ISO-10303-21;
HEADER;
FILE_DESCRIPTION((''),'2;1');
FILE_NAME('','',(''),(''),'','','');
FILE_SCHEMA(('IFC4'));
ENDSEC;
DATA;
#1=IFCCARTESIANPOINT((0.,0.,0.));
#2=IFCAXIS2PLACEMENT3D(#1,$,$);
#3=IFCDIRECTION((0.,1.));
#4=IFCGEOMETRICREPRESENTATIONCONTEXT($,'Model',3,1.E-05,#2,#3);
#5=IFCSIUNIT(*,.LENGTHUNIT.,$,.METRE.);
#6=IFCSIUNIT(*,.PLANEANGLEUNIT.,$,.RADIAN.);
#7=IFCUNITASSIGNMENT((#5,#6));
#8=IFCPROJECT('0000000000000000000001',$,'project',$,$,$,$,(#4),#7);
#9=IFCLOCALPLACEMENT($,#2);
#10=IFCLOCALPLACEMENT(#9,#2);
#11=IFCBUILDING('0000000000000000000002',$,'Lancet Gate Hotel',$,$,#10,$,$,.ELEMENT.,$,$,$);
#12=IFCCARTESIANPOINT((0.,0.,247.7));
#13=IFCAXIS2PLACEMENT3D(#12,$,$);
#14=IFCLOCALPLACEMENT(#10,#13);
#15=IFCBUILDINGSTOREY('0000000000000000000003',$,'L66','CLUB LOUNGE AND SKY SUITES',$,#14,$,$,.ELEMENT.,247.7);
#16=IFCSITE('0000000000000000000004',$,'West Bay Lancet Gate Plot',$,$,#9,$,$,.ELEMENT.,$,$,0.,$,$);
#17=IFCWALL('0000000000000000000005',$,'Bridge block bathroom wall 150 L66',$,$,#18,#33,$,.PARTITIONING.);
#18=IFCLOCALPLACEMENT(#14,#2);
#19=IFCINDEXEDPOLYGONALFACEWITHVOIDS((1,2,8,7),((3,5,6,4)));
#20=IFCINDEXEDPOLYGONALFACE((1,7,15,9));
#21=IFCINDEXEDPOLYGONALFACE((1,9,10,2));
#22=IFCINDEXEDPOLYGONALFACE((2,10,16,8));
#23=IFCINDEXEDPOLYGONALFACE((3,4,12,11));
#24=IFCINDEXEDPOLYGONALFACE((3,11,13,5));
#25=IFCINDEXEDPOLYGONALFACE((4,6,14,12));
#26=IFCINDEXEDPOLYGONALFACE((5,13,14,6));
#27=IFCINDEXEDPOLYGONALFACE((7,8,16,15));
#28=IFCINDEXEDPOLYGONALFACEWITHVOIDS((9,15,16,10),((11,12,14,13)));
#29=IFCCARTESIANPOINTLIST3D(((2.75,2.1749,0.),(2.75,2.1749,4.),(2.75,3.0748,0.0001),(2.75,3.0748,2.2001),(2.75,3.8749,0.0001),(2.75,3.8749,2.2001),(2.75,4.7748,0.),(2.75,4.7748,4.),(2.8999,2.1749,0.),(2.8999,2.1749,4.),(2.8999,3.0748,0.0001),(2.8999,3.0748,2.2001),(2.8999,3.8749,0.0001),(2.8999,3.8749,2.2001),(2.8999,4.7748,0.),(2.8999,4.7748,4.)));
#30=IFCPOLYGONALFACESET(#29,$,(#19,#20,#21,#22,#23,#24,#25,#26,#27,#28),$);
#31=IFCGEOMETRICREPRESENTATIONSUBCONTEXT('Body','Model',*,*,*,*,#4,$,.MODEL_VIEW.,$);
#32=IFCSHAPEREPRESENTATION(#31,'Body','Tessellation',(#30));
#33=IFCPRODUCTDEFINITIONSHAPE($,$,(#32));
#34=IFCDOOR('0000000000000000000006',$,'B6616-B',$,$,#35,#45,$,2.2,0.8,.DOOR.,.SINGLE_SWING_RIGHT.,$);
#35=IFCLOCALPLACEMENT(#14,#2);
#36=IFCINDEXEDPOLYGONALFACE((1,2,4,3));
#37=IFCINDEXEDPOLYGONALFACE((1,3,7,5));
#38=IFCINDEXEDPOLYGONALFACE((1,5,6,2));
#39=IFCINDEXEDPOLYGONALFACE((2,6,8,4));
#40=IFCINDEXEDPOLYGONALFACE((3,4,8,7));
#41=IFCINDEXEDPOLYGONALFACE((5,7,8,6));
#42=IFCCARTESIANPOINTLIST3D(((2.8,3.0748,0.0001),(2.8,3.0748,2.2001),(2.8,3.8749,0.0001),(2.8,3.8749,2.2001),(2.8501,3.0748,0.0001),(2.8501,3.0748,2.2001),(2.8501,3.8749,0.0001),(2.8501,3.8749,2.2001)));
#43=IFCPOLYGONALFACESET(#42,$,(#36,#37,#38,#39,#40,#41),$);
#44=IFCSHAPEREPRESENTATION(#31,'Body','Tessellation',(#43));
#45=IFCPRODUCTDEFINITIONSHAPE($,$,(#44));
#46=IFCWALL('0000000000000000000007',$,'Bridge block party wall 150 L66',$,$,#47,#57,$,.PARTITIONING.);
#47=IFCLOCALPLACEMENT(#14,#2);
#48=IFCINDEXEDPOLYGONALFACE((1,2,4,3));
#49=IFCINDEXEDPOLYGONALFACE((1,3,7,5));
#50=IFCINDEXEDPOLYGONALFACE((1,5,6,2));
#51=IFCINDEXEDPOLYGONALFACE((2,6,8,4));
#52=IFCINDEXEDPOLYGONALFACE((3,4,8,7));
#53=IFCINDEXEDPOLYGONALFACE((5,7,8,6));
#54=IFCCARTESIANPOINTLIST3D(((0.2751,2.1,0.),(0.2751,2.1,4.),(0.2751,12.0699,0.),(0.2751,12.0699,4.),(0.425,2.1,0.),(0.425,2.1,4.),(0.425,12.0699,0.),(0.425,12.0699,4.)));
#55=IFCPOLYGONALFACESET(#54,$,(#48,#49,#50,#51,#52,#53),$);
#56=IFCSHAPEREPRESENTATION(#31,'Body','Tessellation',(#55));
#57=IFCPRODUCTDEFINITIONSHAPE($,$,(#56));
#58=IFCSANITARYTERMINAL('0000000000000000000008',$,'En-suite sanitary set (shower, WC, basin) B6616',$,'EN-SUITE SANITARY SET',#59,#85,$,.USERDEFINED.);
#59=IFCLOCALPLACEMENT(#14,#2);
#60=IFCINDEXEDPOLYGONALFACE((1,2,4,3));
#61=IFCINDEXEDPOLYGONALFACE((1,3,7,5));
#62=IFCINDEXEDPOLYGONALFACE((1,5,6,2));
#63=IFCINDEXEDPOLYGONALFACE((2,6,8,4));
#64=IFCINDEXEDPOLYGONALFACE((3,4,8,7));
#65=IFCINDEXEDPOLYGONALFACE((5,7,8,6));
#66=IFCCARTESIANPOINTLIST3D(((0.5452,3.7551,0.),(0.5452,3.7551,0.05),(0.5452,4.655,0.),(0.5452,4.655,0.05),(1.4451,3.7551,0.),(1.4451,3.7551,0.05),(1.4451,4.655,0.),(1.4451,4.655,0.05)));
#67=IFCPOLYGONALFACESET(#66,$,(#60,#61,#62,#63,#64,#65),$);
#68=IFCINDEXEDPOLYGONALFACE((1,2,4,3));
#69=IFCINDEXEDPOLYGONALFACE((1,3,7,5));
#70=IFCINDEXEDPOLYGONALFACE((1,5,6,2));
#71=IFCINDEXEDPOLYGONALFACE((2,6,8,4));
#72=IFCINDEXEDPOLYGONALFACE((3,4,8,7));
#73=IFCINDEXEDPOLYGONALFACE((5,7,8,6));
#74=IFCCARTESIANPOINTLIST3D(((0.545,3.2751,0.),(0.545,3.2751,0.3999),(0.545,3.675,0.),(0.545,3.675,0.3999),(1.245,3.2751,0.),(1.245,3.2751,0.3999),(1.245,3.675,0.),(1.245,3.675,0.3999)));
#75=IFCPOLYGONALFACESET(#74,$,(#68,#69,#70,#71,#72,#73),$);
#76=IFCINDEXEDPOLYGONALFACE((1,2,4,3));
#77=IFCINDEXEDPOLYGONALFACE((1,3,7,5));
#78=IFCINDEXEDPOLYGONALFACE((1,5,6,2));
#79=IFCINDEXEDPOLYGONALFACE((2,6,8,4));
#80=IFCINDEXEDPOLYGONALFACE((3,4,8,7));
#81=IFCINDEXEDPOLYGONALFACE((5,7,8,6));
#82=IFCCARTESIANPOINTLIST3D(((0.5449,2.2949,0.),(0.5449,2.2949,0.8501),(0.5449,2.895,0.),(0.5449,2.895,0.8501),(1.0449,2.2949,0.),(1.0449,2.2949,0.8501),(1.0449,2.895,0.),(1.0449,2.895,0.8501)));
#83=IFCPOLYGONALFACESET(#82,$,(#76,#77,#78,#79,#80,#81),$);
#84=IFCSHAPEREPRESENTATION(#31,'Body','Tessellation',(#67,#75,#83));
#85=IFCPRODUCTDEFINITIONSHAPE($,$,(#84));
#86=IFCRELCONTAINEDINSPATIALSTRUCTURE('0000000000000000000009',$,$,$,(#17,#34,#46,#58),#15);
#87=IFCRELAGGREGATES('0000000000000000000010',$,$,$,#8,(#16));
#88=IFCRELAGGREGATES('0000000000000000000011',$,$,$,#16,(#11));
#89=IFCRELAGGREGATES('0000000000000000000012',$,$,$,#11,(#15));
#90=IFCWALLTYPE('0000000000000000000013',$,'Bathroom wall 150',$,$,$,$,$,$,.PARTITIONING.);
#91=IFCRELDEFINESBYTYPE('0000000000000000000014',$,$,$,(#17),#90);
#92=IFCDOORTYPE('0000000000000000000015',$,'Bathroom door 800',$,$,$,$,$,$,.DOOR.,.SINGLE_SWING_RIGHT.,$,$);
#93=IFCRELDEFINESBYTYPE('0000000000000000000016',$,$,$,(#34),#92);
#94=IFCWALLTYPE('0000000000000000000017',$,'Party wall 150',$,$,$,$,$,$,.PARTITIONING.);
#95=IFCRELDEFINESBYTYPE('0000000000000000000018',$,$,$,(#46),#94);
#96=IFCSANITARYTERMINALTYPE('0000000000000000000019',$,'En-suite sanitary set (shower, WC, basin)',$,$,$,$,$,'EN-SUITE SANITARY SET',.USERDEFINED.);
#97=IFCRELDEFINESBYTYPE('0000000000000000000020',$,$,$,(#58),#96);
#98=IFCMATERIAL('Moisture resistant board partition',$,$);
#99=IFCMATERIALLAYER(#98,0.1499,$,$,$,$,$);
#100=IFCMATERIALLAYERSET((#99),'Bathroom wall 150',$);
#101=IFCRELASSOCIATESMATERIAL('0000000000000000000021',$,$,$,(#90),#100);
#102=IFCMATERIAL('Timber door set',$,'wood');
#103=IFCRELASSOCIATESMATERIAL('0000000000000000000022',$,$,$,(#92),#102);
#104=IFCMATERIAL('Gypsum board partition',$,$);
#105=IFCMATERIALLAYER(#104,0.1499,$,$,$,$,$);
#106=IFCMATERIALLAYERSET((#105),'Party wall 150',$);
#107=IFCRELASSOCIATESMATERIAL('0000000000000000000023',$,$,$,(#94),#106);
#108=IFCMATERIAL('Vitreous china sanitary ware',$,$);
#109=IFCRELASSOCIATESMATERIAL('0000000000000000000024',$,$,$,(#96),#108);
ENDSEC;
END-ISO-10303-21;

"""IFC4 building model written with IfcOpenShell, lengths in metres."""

from ifc_helpers import new_model, si_unit, direction, frame, frame_2d, origin, origin_2d, place, context, subcontext, project, spatial, rectangle, extrude, material, layer, layer_set, type_object, element, fill, save


model = new_model("IFC4")

# Units and contexts
model_context = context("Model", 3, precision=1e-05, world=origin(), true_north=direction((0.0, 1.0)))
body_context = subcontext(model_context, "Body", "Model", "MODEL_VIEW")
ifc_project = project(units=[si_unit("LENGTHUNIT", "METRE"), si_unit("PLANEANGLEUNIT", "RADIAN")], contexts=[model_context])

# Site, building, storey
site_placement = place(None, origin())
site = spatial("IfcSite", under=ifc_project, at=site_placement, Name="West Bay Lancet Gate Plot", CompositionType="ELEMENT", RefElevation=0.0)
building_placement = place(site_placement, origin())
building = spatial("IfcBuilding", under=site, at=building_placement, Name="Lancet Gate Hotel", CompositionType="ELEMENT")
storey_placement = place(building_placement, frame((0.0, 0.0, 247.7)))
storey = spatial("IfcBuildingStorey", under=building, at=storey_placement, Name="L66", Description="CLUB LOUNGE AND SKY SUITES", CompositionType="ELEMENT", Elevation=247.7)

# Shared definitions
ifc_material_1 = material(Name="Moisture resistant board partition")
ifc_layer_1 = layer(ifc_material_1, 0.1499)
ifc_layer_set_1 = layer_set([ifc_layer_1], Name="Bathroom wall 150")
wall_type_1 = type_object("IfcWallType", Name="Bathroom wall 150", PredefinedType="PARTITIONING", material=ifc_layer_set_1)

# Wall, opening, door
wall_1_placement = place(storey_placement, frame((2.825, 2.175, 0.0), z_axis=(0.0, 0.0, 1.0), x_axis=(0.0, 1.0, 0.0)))
wall_1 = element("IfcWall", 1, at=wall_1_placement, inside=storey, type_object=wall_type_1, Name="Bridge block bathroom wall 150 L66", PredefinedType="PARTITIONING", context=body_context, shape_type="SweptSolid", body=[
    extrude(rectangle(XDim=2.5999, YDim=0.1499, at=frame_2d((1.2998, 0.0))), origin(), (0.0, 0.0, 1.0), 4.0),
])
opening_placement = place(wall_1_placement, frame((0.8999, 0.0, 0.0)))
opening = element("IfcOpeningElement", 2, at=opening_placement, cuts=wall_1, PredefinedType="OPENING", context=body_context, shape_type="SweptSolid", body=[
    extrude(rectangle(XDim=0.8, YDim=2.2, at=frame_2d((0.3999, 1.1001))), frame((0.0, 0.085, 0.0), z_axis=(0.0, -1.0, 0.0), x_axis=(1.0, 0.0, 0.0)), (0.0, 0.0, 1.0), 0.1699),
])
ifc_material_2 = material(Name="Timber door set", Category="wood")
door_type = type_object("IfcDoorType", Name="Bathroom door 800", OperationType="SINGLE_SWING_RIGHT", PredefinedType="DOOR", material=ifc_material_2)
door_placement = place(opening_placement, origin())
door = element("IfcDoor", 3, at=door_placement, inside=storey, type_object=door_type, Name="B6616-B", OperationType="SINGLE_SWING_RIGHT", OverallHeight=2.2, OverallWidth=0.8, PredefinedType="DOOR", context=body_context, shape_type="SweptSolid", body=[
    extrude(rectangle(XDim=0.8, YDim=2.2, at=frame_2d((0.3999, 1.1001))), frame((0.0, 0.0249, 0.0), z_axis=(0.0, -1.0, 0.0), x_axis=(1.0, 0.0, 0.0)), (0.0, 0.0, 1.0), 0.05),
])
fill(opening, door)

# Wall
ifc_material_3 = material(Name="Gypsum board partition")
ifc_layer_2 = layer(ifc_material_3, 0.1499)
ifc_layer_set_2 = layer_set([ifc_layer_2], Name="Party wall 150")
wall_type_2 = type_object("IfcWallType", Name="Party wall 150", PredefinedType="PARTITIONING", material=ifc_layer_set_2)
wall_2_placement = place(storey_placement, frame((0.3501, 2.1001, 0.0), z_axis=(0.0, 0.0, 1.0), x_axis=(0.0, 1.0, 0.0)))
element("IfcWall", 4, at=wall_2_placement, inside=storey, type_object=wall_type_2, Name="Bridge block party wall 150 L66", PredefinedType="PARTITIONING", context=body_context, shape_type="SweptSolid", body=[
    extrude(rectangle(XDim=9.97, YDim=0.1499, at=frame_2d((4.9849, 0.0))), origin(), (0.0, 0.0, 1.0), 4.0),
])

# Sanitary terminal
ifc_material_4 = material(Name="Vitreous china sanitary ware")
sanitary_terminal_type = type_object("IfcSanitaryTerminalType", Name="En-suite sanitary set (shower, WC, basin)", ElementType="EN-SUITE SANITARY SET", PredefinedType="USERDEFINED", material=ifc_material_4)
sanitary_terminal_placement = place(storey_placement, frame((0.9951, 4.2051, 0.0), z_axis=(0.0, 0.0, 1.0), x_axis=(1.0, 0.0, 0.0)))
element("IfcSanitaryTerminal", 5, at=sanitary_terminal_placement, inside=storey, type_object=sanitary_terminal_type, Name="En-suite sanitary set (shower, WC, basin) B6616", ObjectType="EN-SUITE SANITARY SET", PredefinedType="USERDEFINED", context=body_context, shape_type="SweptSolid", body=[
    extrude(rectangle(XDim=0.8999, YDim=0.8999, at=origin_2d()), frame((0.0, 0.0, 0.0), z_axis=(0.0, 0.0, 1.0), x_axis=(0.0, 1.0, 0.0)), (0.0, 0.0, 1.0), 0.05),
    extrude(rectangle(XDim=0.3999, YDim=0.7, at=origin_2d()), frame((-0.1001, -0.73, 0.0), z_axis=(0.0, 0.0, 1.0), x_axis=(0.0, 1.0, 0.0)), (0.0, 0.0, 1.0), 0.3999),
    extrude(rectangle(XDim=0.6001, YDim=0.5, at=origin_2d()), frame((-0.2002, -1.6101, 0.0), z_axis=(0.0, 0.0, 1.0), x_axis=(0.0, 1.0, 0.0)), (0.0, 0.0, 1.0), 0.8501),
])

save(model, "model.ifc")
